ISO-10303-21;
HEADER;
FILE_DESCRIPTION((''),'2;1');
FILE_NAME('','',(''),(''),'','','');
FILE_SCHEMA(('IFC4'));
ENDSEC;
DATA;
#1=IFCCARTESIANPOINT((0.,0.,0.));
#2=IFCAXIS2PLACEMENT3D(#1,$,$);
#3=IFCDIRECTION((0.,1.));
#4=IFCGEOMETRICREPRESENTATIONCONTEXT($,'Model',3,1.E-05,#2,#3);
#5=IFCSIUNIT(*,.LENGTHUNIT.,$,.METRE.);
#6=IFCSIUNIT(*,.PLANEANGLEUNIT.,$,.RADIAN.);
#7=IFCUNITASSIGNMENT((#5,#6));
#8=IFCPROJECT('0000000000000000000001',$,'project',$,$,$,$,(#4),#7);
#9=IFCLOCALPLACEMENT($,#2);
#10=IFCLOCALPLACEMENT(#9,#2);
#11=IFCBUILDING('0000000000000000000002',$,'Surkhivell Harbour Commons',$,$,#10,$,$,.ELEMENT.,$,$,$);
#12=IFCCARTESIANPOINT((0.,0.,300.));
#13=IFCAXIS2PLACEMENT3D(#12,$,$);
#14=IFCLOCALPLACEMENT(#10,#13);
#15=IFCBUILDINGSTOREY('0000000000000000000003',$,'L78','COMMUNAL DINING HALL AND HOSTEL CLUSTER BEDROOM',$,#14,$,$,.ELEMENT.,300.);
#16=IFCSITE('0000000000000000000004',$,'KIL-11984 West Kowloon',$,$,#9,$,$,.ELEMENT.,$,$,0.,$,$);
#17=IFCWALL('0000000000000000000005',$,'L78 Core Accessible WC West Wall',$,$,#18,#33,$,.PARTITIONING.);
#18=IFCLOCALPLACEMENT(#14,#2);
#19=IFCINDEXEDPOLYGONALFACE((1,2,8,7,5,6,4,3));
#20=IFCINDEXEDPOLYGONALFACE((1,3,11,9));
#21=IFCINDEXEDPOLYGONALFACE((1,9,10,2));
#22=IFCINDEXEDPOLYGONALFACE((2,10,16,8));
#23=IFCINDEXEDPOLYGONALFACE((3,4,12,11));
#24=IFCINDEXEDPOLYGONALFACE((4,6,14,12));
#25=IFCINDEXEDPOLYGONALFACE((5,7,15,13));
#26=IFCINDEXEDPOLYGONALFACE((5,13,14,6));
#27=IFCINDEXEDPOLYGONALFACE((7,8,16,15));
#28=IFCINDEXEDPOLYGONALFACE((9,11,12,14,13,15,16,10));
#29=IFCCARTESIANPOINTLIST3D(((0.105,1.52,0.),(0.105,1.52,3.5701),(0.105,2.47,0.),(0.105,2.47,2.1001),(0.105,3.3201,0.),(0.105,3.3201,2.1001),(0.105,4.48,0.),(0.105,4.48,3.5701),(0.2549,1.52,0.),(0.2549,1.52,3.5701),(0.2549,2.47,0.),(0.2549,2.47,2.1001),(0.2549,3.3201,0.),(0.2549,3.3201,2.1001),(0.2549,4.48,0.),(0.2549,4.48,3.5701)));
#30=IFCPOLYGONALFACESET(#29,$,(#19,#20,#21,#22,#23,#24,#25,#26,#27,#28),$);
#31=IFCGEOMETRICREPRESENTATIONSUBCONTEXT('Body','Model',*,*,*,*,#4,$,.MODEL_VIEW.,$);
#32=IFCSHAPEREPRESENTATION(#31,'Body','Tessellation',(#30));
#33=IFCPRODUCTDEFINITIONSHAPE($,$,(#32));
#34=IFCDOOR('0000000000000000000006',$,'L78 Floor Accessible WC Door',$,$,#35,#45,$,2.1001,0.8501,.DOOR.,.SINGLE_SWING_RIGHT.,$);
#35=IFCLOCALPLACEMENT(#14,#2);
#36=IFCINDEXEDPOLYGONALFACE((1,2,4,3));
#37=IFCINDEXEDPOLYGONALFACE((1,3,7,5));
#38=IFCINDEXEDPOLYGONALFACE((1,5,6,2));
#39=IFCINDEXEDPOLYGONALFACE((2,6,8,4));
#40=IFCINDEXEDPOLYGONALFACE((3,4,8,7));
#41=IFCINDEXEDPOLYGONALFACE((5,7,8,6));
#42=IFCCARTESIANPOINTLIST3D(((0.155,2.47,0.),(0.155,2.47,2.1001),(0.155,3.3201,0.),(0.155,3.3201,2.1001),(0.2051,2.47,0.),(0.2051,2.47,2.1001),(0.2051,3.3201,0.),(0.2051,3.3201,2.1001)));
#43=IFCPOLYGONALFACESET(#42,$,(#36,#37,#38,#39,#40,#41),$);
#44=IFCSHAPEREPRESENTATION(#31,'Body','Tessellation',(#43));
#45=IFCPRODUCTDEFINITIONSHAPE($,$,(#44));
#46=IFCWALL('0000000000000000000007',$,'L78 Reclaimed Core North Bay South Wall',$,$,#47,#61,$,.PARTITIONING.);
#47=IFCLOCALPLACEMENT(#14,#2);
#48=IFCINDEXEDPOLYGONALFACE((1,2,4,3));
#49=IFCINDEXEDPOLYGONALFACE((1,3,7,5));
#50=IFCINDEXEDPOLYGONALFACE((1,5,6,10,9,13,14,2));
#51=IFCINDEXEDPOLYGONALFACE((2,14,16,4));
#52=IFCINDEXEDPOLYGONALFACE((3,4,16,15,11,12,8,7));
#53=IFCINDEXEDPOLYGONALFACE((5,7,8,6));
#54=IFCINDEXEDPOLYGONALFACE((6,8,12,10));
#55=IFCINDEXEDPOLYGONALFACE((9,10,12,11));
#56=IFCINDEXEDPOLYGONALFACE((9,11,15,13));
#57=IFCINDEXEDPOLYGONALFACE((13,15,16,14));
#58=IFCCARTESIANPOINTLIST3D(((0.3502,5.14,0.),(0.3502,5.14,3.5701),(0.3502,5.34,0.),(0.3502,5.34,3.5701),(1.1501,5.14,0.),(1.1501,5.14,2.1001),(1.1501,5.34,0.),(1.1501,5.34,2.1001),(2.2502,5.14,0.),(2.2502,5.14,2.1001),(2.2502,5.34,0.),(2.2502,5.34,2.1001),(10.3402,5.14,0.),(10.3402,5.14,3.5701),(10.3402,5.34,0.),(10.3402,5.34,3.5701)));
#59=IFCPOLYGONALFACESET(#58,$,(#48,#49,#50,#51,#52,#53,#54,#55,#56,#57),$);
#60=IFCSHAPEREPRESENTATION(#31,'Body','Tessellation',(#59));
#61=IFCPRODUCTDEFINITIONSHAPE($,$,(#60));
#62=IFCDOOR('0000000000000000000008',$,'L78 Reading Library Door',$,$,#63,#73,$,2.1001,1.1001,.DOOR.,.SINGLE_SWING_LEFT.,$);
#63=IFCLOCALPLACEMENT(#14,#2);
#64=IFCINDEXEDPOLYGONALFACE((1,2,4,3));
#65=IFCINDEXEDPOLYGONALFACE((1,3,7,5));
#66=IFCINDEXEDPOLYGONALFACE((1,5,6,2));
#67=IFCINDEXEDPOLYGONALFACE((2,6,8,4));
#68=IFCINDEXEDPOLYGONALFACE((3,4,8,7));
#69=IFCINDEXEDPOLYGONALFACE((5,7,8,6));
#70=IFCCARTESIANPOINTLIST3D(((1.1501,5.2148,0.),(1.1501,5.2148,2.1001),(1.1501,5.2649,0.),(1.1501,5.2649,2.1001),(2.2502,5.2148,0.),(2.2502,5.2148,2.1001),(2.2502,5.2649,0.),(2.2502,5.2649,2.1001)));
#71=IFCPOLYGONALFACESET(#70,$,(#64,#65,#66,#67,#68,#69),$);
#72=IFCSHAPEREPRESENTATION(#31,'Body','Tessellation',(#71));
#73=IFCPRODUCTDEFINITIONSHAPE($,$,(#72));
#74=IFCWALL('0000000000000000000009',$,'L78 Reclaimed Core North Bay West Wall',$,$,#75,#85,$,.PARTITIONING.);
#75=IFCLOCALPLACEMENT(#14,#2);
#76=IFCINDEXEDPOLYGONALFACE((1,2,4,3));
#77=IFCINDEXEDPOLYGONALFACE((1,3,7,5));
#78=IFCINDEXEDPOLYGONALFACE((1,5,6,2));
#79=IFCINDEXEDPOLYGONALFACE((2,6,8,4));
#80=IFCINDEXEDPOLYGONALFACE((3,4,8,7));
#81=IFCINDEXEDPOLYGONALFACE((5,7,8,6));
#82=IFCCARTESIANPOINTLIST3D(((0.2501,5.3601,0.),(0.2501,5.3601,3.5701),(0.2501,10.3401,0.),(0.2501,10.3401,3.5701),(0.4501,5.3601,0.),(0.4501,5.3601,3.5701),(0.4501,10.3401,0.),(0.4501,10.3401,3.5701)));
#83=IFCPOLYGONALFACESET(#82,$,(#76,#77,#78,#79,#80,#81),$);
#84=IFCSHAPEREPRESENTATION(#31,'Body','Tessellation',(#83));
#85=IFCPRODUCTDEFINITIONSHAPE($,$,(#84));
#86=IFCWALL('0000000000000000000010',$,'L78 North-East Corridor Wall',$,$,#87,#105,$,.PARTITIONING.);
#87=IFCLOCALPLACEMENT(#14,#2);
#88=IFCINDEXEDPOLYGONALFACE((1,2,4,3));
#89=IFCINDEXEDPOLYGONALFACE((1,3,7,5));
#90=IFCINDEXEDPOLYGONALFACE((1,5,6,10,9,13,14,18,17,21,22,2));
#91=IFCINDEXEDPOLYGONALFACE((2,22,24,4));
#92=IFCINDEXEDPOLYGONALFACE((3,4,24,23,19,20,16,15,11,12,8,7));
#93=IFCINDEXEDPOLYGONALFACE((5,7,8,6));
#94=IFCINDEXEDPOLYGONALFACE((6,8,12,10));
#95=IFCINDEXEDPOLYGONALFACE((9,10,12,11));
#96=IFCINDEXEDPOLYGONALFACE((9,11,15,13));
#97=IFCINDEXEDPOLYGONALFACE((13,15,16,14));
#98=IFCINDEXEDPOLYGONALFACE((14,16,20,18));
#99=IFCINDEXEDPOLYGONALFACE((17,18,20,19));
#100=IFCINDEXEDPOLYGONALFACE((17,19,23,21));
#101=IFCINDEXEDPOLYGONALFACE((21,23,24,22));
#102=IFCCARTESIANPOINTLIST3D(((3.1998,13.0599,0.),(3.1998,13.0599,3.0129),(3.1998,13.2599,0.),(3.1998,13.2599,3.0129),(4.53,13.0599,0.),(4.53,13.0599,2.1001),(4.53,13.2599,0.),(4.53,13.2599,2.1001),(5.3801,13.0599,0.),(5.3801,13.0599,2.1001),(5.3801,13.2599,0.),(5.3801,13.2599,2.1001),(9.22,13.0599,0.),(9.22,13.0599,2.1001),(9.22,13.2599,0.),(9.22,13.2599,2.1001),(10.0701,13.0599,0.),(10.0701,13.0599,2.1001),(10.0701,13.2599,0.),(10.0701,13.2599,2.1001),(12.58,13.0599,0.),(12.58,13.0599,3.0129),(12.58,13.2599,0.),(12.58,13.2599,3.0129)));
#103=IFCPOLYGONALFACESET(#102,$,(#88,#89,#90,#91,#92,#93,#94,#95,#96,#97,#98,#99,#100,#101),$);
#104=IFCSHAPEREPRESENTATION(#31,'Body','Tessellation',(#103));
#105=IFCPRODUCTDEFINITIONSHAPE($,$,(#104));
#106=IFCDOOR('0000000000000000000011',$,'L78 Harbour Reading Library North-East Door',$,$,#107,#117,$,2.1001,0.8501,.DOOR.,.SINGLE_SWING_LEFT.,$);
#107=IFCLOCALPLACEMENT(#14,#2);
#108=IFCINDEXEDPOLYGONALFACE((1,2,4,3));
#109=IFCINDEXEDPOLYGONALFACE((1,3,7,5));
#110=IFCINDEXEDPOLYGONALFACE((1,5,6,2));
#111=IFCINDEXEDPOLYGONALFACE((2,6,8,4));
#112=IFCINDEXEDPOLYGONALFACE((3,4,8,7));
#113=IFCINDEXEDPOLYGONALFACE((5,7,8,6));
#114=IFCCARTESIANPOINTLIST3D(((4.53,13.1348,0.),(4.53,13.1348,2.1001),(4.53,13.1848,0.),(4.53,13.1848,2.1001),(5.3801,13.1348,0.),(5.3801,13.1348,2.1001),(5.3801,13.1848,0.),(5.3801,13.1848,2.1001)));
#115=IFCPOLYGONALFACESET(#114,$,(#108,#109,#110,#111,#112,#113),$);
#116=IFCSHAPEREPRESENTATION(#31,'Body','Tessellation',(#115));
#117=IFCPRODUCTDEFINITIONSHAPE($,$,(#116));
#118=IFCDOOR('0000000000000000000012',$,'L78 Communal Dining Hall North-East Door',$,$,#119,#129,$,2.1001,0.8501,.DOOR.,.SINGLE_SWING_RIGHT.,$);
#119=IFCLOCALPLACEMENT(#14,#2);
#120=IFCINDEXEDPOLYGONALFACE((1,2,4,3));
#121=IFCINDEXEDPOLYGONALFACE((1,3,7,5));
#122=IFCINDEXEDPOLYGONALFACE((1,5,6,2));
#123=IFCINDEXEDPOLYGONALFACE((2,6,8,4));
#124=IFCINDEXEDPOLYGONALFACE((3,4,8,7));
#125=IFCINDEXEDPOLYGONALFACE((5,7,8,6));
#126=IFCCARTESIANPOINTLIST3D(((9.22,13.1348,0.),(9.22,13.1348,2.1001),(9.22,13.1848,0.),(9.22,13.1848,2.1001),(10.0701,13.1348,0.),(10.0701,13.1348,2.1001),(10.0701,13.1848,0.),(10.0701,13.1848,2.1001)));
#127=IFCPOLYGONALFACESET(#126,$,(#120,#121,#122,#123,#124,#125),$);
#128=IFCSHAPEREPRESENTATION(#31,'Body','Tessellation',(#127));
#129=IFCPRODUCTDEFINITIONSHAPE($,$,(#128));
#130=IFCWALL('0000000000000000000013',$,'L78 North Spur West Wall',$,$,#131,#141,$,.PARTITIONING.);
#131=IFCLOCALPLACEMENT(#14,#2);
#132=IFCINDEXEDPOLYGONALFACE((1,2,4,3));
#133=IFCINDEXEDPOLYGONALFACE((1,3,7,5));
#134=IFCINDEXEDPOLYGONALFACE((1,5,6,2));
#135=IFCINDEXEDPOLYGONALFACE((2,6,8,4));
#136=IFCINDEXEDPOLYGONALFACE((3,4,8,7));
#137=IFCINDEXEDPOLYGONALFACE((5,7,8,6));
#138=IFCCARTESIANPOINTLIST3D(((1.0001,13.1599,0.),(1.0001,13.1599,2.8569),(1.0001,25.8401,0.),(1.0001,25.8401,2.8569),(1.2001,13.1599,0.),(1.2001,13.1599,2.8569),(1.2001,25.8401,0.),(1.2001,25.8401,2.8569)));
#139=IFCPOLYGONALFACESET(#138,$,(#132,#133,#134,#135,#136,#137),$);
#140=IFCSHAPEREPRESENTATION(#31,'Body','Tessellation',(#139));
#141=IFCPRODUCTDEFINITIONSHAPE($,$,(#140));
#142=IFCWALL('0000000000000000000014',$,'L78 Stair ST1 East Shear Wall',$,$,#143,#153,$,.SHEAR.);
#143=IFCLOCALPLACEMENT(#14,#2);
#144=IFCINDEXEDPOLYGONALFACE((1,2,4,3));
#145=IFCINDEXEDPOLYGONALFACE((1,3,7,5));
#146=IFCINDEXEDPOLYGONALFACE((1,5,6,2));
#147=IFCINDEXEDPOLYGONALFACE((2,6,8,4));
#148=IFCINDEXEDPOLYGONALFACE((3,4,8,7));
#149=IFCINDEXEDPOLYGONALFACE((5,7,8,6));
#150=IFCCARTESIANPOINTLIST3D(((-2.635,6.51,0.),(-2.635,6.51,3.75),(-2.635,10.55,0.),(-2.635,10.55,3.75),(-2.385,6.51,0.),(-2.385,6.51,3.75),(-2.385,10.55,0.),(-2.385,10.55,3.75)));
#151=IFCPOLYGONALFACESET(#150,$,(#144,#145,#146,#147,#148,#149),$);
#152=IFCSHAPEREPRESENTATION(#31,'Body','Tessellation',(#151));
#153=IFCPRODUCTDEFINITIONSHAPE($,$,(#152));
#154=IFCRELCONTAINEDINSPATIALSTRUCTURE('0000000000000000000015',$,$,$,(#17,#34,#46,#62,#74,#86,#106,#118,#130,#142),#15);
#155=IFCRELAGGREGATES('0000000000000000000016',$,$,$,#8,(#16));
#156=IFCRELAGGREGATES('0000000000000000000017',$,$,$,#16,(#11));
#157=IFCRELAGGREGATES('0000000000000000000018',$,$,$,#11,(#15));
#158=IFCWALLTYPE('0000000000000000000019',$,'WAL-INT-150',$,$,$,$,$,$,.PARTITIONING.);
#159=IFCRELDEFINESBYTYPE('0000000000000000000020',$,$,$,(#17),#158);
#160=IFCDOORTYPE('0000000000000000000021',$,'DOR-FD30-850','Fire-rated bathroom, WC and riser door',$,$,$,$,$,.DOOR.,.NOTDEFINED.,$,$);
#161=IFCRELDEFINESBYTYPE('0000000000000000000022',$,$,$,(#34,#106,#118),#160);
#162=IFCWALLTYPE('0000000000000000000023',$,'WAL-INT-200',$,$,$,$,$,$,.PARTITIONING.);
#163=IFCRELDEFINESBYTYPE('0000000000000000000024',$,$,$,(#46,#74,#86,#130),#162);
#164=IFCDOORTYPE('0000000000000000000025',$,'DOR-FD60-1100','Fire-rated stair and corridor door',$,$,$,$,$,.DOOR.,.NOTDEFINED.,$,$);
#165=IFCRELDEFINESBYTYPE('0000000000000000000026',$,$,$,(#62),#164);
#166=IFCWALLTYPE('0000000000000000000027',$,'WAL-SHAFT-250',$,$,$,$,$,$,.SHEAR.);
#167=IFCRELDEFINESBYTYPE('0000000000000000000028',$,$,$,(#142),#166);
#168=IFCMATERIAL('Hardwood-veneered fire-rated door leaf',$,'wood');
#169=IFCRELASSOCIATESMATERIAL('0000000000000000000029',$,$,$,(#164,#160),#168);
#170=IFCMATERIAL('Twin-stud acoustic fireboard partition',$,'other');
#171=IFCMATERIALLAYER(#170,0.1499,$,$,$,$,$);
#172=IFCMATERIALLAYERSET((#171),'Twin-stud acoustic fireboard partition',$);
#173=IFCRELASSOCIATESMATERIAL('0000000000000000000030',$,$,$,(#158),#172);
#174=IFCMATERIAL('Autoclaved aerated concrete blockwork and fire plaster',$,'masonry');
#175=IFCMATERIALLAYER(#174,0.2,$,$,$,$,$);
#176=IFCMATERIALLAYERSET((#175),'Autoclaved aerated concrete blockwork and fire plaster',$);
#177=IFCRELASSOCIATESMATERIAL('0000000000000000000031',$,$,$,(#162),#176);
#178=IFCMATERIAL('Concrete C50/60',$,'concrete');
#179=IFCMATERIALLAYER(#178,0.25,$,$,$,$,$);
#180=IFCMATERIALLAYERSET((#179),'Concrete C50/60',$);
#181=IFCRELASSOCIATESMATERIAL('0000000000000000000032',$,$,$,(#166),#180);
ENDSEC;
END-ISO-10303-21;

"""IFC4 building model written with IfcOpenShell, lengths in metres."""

from ifc_helpers import new_model, si_unit, direction, frame, frame_2d, origin, place, context, subcontext, project, spatial, rectangle, extrude, material, layer, layer_set, type_object, element, fill, save


model = new_model("IFC4")

# Units and contexts
model_context = context("Model", 3, precision=1e-05, world=origin(), true_north=direction((0.0, 1.0)))
body_context = subcontext(model_context, "Body", "Model", "MODEL_VIEW")
ifc_project = project(units=[si_unit("LENGTHUNIT", "METRE"), si_unit("PLANEANGLEUNIT", "RADIAN")], contexts=[model_context])

# Site, building, storey
site_placement = place(None, origin())
site = spatial("IfcSite", under=ifc_project, at=site_placement, Name="KIL-11984 West Kowloon", CompositionType="ELEMENT", RefElevation=0.0)
building_placement = place(site_placement, origin())
building = spatial("IfcBuilding", under=site, at=building_placement, Name="Surkhivell Harbour Commons", CompositionType="ELEMENT")
storey_placement = place(building_placement, frame((0.0, 0.0, 300.0)))
storey = spatial("IfcBuildingStorey", under=building, at=storey_placement, Name="L78", Description="COMMUNAL DINING HALL AND HOSTEL CLUSTER BEDROOM", CompositionType="ELEMENT", Elevation=300.0)

# Shared definitions
ifc_material_1 = material(Name="Concrete C50/60", Category="concrete")
ifc_material_2 = material(Name="Hardwood-veneered fire-rated door leaf", Category="wood")
door_type_1 = type_object("IfcDoorType", Name="DOR-FD60-1100", Description="Fire-rated stair and corridor door", OperationType="NOTDEFINED", PredefinedType="DOOR", material=ifc_material_2)

# Shared definitions
ifc_material_3 = material(Name="Twin-stud acoustic fireboard partition", Category="other")
ifc_layer_1 = layer(ifc_material_3, 0.1499)
ifc_layer_set_1 = layer_set([ifc_layer_1], Name="Twin-stud acoustic fireboard partition")
wall_type_1 = type_object("IfcWallType", Name="WAL-INT-150", PredefinedType="PARTITIONING", material=ifc_layer_set_1)

# Walls, openings, doors
wall_1_placement = place(storey_placement, frame((0.1799, 1.52, 0.0), z_axis=(0.0, 0.0, 1.0), x_axis=(0.0, 1.0, 0.0)))
wall_1 = element("IfcWall", 1, at=wall_1_placement, inside=storey, type_object=wall_type_1, Name="L78 Core Accessible WC West Wall", PredefinedType="PARTITIONING", context=body_context, shape_type="SweptSolid", body=[
    extrude(rectangle(XDim=2.96, YDim=0.1499, at=frame_2d((1.48, 0.0))), origin(), (0.0, 0.0, 1.0), 3.5701),
])
opening_1_placement = place(wall_1_placement, frame((0.95, 0.0, 0.0)))
opening_1 = element("IfcOpeningElement", 2, at=opening_1_placement, cuts=wall_1, PredefinedType="OPENING", context=body_context, shape_type="SweptSolid", body=[
    extrude(rectangle(XDim=0.8501, YDim=2.1001, at=frame_2d((0.425, 1.05))), frame((0.0, 0.085, 0.0), z_axis=(0.0, -1.0, 0.0), x_axis=(1.0, 0.0, 0.0)), (0.0, 0.0, 1.0), 0.1699),
])
door_type_2 = type_object("IfcDoorType", Name="DOR-FD30-850", Description="Fire-rated bathroom, WC and riser door", OperationType="NOTDEFINED", PredefinedType="DOOR", material=ifc_material_2)
door_1_placement = place(opening_1_placement, origin())
door_1 = element("IfcDoor", 3, at=door_1_placement, inside=storey, type_object=door_type_2, Name="L78 Floor Accessible WC Door", OperationType="SINGLE_SWING_RIGHT", OverallHeight=2.1001, OverallWidth=0.8501, PredefinedType="DOOR", context=body_context, shape_type="SweptSolid", body=[
    extrude(rectangle(XDim=0.8501, YDim=2.1001, at=frame_2d((0.425, 1.05))), frame((0.0, 0.0249, 0.0), z_axis=(0.0, -1.0, 0.0), x_axis=(1.0, 0.0, 0.0)), (0.0, 0.0, 1.0), 0.05),
])
fill(opening_1, door_1)
ifc_material_4 = material(Name="Autoclaved aerated concrete blockwork and fire plaster", Category="masonry")
ifc_layer_2 = layer(ifc_material_4, 0.2)
ifc_layer_set_2 = layer_set([ifc_layer_2], Name="Autoclaved aerated concrete blockwork and fire plaster")
wall_type_2 = type_object("IfcWallType", Name="WAL-INT-200", PredefinedType="PARTITIONING", material=ifc_layer_set_2)
wall_2_placement = place(storey_placement, frame((0.3501, 5.24, 0.0), z_axis=(0.0, 0.0, 1.0), x_axis=(1.0, 0.0, 0.0)))
wall_2 = element("IfcWall", 4, at=wall_2_placement, inside=storey, type_object=wall_type_2, Name="L78 Reclaimed Core North Bay South Wall", PredefinedType="PARTITIONING", context=body_context, shape_type="SweptSolid", body=[
    extrude(rectangle(XDim=9.99, YDim=0.2, at=frame_2d((4.9951, 0.0))), origin(), (0.0, 0.0, 1.0), 3.5701),
])
opening_2_placement = place(wall_2_placement, frame((0.8, 0.0, 0.0)))
opening_2 = element("IfcOpeningElement", 5, at=opening_2_placement, cuts=wall_2, PredefinedType="OPENING", context=body_context, shape_type="SweptSolid", body=[
    extrude(rectangle(XDim=1.1001, YDim=2.1001, at=frame_2d((0.55, 1.05))), frame((0.0, 0.1099, 0.0), z_axis=(0.0, -1.0, 0.0), x_axis=(1.0, 0.0, 0.0)), (0.0, 0.0, 1.0), 0.22),
])
door_2_placement = place(opening_2_placement, origin())
door_2 = element("IfcDoor", 6, at=door_2_placement, inside=storey, type_object=door_type_1, Name="L78 Reading Library Door", OperationType="SINGLE_SWING_LEFT", OverallHeight=2.1001, OverallWidth=1.1001, PredefinedType="DOOR", context=body_context, shape_type="SweptSolid", body=[
    extrude(rectangle(XDim=1.1001, YDim=2.1001, at=frame_2d((0.55, 1.05))), frame((0.0, 0.0249, 0.0), z_axis=(0.0, -1.0, 0.0), x_axis=(1.0, 0.0, 0.0)), (0.0, 0.0, 1.0), 0.05),
])
fill(opening_2, door_2)

# Wall
wall_3_placement = place(storey_placement, frame((0.3501, 5.3601, 0.0), z_axis=(0.0, 0.0, 1.0), x_axis=(0.0, 1.0, 0.0)))
element("IfcWall", 7, at=wall_3_placement, inside=storey, type_object=wall_type_2, Name="L78 Reclaimed Core North Bay West Wall", PredefinedType="PARTITIONING", context=body_context, shape_type="SweptSolid", body=[
    extrude(rectangle(XDim=4.98, YDim=0.2, at=frame_2d((2.49, 0.0))), origin(), (0.0, 0.0, 1.0), 3.5701),
])

# Wall, openings, doors
wall_4_placement = place(storey_placement, frame((3.2, 13.1599, 0.0), z_axis=(0.0, 0.0, 1.0), x_axis=(1.0, 0.0, 0.0)))
wall_4 = element("IfcWall", 8, at=wall_4_placement, inside=storey, type_object=wall_type_2, Name="L78 North-East Corridor Wall", PredefinedType="PARTITIONING", context=body_context, shape_type="SweptSolid", body=[
    extrude(rectangle(XDim=9.3801, YDim=0.2, at=frame_2d((4.6899, 0.0))), origin(), (0.0, 0.0, 1.0), 3.0129),
])
opening_3_placement = place(wall_4_placement, frame((1.3301, 0.0, 0.0)))
opening_3 = element("IfcOpeningElement", 9, at=opening_3_placement, cuts=wall_4, PredefinedType="OPENING", context=body_context, shape_type="SweptSolid", body=[
    extrude(rectangle(XDim=0.8501, YDim=2.1001, at=frame_2d((0.425, 1.05))), frame((0.0, 0.1099, 0.0), z_axis=(0.0, -1.0, 0.0), x_axis=(1.0, 0.0, 0.0)), (0.0, 0.0, 1.0), 0.22),
])
opening_4_placement = place(wall_4_placement, frame((6.02, 0.0, 0.0)))
opening_4 = element("IfcOpeningElement", 10, at=opening_4_placement, cuts=wall_4, PredefinedType="OPENING", context=body_context, shape_type="SweptSolid", body=[
    extrude(rectangle(XDim=0.8501, YDim=2.1001, at=frame_2d((0.425, 1.05))), frame((0.0, 0.1099, 0.0), z_axis=(0.0, -1.0, 0.0), x_axis=(1.0, 0.0, 0.0)), (0.0, 0.0, 1.0), 0.22),
])
door_3_placement = place(opening_3_placement, origin())
door_3 = element("IfcDoor", 11, at=door_3_placement, inside=storey, type_object=door_type_2, Name="L78 Harbour Reading Library North-East Door", OperationType="SINGLE_SWING_LEFT", OverallHeight=2.1001, OverallWidth=0.8501, PredefinedType="DOOR", context=body_context, shape_type="SweptSolid", body=[
    extrude(rectangle(XDim=0.8501, YDim=2.1001, at=frame_2d((0.425, 1.05))), frame((0.0, 0.0249, 0.0), z_axis=(0.0, -1.0, 0.0), x_axis=(1.0, 0.0, 0.0)), (0.0, 0.0, 1.0), 0.05),
])
fill(opening_3, door_3)
door_4_placement = place(opening_4_placement, origin())
door_4 = element("IfcDoor", 12, at=door_4_placement, inside=storey, type_object=door_type_2, Name="L78 Communal Dining Hall North-East Door", OperationType="SINGLE_SWING_RIGHT", OverallHeight=2.1001, OverallWidth=0.8501, PredefinedType="DOOR", context=body_context, shape_type="SweptSolid", body=[
    extrude(rectangle(XDim=0.8501, YDim=2.1001, at=frame_2d((0.425, 1.05))), frame((0.0, 0.0249, 0.0), z_axis=(0.0, -1.0, 0.0), x_axis=(1.0, 0.0, 0.0)), (0.0, 0.0, 1.0), 0.05),
])
fill(opening_4, door_4)

# Walls
wall_5_placement = place(storey_placement, frame((1.1001, 13.1599, 0.0), z_axis=(0.0, 0.0, 1.0), x_axis=(0.0, 1.0, 0.0)))
element("IfcWall", 13, at=wall_5_placement, inside=storey, type_object=wall_type_2, Name="L78 North Spur West Wall", PredefinedType="PARTITIONING", context=body_context, shape_type="SweptSolid", body=[
    extrude(rectangle(XDim=12.6802, YDim=0.2, at=frame_2d((6.3401, 0.0))), origin(), (0.0, 0.0, 1.0), 2.8569),
])
ifc_layer_3 = layer(ifc_material_1, 0.25)
ifc_layer_set_3 = layer_set([ifc_layer_3], Name="Concrete C50/60")
wall_type_3 = type_object("IfcWallType", Name="WAL-SHAFT-250", PredefinedType="SHEAR", material=ifc_layer_set_3)
wall_6_placement = place(storey_placement, frame((-2.51, 6.51, 0.0), z_axis=(0.0, 0.0, 1.0), x_axis=(0.0, 1.0, 0.0)))
element("IfcWall", 14, at=wall_6_placement, inside=storey, type_object=wall_type_3, Name="L78 Stair ST1 East Shear Wall", PredefinedType="SHEAR", context=body_context, shape_type="SweptSolid", body=[
    extrude(rectangle(XDim=4.04, YDim=0.25, at=frame_2d((2.02, 0.0))), origin(), (0.0, 0.0, 1.0), 3.75),
])

save(model, "model.ifc")
